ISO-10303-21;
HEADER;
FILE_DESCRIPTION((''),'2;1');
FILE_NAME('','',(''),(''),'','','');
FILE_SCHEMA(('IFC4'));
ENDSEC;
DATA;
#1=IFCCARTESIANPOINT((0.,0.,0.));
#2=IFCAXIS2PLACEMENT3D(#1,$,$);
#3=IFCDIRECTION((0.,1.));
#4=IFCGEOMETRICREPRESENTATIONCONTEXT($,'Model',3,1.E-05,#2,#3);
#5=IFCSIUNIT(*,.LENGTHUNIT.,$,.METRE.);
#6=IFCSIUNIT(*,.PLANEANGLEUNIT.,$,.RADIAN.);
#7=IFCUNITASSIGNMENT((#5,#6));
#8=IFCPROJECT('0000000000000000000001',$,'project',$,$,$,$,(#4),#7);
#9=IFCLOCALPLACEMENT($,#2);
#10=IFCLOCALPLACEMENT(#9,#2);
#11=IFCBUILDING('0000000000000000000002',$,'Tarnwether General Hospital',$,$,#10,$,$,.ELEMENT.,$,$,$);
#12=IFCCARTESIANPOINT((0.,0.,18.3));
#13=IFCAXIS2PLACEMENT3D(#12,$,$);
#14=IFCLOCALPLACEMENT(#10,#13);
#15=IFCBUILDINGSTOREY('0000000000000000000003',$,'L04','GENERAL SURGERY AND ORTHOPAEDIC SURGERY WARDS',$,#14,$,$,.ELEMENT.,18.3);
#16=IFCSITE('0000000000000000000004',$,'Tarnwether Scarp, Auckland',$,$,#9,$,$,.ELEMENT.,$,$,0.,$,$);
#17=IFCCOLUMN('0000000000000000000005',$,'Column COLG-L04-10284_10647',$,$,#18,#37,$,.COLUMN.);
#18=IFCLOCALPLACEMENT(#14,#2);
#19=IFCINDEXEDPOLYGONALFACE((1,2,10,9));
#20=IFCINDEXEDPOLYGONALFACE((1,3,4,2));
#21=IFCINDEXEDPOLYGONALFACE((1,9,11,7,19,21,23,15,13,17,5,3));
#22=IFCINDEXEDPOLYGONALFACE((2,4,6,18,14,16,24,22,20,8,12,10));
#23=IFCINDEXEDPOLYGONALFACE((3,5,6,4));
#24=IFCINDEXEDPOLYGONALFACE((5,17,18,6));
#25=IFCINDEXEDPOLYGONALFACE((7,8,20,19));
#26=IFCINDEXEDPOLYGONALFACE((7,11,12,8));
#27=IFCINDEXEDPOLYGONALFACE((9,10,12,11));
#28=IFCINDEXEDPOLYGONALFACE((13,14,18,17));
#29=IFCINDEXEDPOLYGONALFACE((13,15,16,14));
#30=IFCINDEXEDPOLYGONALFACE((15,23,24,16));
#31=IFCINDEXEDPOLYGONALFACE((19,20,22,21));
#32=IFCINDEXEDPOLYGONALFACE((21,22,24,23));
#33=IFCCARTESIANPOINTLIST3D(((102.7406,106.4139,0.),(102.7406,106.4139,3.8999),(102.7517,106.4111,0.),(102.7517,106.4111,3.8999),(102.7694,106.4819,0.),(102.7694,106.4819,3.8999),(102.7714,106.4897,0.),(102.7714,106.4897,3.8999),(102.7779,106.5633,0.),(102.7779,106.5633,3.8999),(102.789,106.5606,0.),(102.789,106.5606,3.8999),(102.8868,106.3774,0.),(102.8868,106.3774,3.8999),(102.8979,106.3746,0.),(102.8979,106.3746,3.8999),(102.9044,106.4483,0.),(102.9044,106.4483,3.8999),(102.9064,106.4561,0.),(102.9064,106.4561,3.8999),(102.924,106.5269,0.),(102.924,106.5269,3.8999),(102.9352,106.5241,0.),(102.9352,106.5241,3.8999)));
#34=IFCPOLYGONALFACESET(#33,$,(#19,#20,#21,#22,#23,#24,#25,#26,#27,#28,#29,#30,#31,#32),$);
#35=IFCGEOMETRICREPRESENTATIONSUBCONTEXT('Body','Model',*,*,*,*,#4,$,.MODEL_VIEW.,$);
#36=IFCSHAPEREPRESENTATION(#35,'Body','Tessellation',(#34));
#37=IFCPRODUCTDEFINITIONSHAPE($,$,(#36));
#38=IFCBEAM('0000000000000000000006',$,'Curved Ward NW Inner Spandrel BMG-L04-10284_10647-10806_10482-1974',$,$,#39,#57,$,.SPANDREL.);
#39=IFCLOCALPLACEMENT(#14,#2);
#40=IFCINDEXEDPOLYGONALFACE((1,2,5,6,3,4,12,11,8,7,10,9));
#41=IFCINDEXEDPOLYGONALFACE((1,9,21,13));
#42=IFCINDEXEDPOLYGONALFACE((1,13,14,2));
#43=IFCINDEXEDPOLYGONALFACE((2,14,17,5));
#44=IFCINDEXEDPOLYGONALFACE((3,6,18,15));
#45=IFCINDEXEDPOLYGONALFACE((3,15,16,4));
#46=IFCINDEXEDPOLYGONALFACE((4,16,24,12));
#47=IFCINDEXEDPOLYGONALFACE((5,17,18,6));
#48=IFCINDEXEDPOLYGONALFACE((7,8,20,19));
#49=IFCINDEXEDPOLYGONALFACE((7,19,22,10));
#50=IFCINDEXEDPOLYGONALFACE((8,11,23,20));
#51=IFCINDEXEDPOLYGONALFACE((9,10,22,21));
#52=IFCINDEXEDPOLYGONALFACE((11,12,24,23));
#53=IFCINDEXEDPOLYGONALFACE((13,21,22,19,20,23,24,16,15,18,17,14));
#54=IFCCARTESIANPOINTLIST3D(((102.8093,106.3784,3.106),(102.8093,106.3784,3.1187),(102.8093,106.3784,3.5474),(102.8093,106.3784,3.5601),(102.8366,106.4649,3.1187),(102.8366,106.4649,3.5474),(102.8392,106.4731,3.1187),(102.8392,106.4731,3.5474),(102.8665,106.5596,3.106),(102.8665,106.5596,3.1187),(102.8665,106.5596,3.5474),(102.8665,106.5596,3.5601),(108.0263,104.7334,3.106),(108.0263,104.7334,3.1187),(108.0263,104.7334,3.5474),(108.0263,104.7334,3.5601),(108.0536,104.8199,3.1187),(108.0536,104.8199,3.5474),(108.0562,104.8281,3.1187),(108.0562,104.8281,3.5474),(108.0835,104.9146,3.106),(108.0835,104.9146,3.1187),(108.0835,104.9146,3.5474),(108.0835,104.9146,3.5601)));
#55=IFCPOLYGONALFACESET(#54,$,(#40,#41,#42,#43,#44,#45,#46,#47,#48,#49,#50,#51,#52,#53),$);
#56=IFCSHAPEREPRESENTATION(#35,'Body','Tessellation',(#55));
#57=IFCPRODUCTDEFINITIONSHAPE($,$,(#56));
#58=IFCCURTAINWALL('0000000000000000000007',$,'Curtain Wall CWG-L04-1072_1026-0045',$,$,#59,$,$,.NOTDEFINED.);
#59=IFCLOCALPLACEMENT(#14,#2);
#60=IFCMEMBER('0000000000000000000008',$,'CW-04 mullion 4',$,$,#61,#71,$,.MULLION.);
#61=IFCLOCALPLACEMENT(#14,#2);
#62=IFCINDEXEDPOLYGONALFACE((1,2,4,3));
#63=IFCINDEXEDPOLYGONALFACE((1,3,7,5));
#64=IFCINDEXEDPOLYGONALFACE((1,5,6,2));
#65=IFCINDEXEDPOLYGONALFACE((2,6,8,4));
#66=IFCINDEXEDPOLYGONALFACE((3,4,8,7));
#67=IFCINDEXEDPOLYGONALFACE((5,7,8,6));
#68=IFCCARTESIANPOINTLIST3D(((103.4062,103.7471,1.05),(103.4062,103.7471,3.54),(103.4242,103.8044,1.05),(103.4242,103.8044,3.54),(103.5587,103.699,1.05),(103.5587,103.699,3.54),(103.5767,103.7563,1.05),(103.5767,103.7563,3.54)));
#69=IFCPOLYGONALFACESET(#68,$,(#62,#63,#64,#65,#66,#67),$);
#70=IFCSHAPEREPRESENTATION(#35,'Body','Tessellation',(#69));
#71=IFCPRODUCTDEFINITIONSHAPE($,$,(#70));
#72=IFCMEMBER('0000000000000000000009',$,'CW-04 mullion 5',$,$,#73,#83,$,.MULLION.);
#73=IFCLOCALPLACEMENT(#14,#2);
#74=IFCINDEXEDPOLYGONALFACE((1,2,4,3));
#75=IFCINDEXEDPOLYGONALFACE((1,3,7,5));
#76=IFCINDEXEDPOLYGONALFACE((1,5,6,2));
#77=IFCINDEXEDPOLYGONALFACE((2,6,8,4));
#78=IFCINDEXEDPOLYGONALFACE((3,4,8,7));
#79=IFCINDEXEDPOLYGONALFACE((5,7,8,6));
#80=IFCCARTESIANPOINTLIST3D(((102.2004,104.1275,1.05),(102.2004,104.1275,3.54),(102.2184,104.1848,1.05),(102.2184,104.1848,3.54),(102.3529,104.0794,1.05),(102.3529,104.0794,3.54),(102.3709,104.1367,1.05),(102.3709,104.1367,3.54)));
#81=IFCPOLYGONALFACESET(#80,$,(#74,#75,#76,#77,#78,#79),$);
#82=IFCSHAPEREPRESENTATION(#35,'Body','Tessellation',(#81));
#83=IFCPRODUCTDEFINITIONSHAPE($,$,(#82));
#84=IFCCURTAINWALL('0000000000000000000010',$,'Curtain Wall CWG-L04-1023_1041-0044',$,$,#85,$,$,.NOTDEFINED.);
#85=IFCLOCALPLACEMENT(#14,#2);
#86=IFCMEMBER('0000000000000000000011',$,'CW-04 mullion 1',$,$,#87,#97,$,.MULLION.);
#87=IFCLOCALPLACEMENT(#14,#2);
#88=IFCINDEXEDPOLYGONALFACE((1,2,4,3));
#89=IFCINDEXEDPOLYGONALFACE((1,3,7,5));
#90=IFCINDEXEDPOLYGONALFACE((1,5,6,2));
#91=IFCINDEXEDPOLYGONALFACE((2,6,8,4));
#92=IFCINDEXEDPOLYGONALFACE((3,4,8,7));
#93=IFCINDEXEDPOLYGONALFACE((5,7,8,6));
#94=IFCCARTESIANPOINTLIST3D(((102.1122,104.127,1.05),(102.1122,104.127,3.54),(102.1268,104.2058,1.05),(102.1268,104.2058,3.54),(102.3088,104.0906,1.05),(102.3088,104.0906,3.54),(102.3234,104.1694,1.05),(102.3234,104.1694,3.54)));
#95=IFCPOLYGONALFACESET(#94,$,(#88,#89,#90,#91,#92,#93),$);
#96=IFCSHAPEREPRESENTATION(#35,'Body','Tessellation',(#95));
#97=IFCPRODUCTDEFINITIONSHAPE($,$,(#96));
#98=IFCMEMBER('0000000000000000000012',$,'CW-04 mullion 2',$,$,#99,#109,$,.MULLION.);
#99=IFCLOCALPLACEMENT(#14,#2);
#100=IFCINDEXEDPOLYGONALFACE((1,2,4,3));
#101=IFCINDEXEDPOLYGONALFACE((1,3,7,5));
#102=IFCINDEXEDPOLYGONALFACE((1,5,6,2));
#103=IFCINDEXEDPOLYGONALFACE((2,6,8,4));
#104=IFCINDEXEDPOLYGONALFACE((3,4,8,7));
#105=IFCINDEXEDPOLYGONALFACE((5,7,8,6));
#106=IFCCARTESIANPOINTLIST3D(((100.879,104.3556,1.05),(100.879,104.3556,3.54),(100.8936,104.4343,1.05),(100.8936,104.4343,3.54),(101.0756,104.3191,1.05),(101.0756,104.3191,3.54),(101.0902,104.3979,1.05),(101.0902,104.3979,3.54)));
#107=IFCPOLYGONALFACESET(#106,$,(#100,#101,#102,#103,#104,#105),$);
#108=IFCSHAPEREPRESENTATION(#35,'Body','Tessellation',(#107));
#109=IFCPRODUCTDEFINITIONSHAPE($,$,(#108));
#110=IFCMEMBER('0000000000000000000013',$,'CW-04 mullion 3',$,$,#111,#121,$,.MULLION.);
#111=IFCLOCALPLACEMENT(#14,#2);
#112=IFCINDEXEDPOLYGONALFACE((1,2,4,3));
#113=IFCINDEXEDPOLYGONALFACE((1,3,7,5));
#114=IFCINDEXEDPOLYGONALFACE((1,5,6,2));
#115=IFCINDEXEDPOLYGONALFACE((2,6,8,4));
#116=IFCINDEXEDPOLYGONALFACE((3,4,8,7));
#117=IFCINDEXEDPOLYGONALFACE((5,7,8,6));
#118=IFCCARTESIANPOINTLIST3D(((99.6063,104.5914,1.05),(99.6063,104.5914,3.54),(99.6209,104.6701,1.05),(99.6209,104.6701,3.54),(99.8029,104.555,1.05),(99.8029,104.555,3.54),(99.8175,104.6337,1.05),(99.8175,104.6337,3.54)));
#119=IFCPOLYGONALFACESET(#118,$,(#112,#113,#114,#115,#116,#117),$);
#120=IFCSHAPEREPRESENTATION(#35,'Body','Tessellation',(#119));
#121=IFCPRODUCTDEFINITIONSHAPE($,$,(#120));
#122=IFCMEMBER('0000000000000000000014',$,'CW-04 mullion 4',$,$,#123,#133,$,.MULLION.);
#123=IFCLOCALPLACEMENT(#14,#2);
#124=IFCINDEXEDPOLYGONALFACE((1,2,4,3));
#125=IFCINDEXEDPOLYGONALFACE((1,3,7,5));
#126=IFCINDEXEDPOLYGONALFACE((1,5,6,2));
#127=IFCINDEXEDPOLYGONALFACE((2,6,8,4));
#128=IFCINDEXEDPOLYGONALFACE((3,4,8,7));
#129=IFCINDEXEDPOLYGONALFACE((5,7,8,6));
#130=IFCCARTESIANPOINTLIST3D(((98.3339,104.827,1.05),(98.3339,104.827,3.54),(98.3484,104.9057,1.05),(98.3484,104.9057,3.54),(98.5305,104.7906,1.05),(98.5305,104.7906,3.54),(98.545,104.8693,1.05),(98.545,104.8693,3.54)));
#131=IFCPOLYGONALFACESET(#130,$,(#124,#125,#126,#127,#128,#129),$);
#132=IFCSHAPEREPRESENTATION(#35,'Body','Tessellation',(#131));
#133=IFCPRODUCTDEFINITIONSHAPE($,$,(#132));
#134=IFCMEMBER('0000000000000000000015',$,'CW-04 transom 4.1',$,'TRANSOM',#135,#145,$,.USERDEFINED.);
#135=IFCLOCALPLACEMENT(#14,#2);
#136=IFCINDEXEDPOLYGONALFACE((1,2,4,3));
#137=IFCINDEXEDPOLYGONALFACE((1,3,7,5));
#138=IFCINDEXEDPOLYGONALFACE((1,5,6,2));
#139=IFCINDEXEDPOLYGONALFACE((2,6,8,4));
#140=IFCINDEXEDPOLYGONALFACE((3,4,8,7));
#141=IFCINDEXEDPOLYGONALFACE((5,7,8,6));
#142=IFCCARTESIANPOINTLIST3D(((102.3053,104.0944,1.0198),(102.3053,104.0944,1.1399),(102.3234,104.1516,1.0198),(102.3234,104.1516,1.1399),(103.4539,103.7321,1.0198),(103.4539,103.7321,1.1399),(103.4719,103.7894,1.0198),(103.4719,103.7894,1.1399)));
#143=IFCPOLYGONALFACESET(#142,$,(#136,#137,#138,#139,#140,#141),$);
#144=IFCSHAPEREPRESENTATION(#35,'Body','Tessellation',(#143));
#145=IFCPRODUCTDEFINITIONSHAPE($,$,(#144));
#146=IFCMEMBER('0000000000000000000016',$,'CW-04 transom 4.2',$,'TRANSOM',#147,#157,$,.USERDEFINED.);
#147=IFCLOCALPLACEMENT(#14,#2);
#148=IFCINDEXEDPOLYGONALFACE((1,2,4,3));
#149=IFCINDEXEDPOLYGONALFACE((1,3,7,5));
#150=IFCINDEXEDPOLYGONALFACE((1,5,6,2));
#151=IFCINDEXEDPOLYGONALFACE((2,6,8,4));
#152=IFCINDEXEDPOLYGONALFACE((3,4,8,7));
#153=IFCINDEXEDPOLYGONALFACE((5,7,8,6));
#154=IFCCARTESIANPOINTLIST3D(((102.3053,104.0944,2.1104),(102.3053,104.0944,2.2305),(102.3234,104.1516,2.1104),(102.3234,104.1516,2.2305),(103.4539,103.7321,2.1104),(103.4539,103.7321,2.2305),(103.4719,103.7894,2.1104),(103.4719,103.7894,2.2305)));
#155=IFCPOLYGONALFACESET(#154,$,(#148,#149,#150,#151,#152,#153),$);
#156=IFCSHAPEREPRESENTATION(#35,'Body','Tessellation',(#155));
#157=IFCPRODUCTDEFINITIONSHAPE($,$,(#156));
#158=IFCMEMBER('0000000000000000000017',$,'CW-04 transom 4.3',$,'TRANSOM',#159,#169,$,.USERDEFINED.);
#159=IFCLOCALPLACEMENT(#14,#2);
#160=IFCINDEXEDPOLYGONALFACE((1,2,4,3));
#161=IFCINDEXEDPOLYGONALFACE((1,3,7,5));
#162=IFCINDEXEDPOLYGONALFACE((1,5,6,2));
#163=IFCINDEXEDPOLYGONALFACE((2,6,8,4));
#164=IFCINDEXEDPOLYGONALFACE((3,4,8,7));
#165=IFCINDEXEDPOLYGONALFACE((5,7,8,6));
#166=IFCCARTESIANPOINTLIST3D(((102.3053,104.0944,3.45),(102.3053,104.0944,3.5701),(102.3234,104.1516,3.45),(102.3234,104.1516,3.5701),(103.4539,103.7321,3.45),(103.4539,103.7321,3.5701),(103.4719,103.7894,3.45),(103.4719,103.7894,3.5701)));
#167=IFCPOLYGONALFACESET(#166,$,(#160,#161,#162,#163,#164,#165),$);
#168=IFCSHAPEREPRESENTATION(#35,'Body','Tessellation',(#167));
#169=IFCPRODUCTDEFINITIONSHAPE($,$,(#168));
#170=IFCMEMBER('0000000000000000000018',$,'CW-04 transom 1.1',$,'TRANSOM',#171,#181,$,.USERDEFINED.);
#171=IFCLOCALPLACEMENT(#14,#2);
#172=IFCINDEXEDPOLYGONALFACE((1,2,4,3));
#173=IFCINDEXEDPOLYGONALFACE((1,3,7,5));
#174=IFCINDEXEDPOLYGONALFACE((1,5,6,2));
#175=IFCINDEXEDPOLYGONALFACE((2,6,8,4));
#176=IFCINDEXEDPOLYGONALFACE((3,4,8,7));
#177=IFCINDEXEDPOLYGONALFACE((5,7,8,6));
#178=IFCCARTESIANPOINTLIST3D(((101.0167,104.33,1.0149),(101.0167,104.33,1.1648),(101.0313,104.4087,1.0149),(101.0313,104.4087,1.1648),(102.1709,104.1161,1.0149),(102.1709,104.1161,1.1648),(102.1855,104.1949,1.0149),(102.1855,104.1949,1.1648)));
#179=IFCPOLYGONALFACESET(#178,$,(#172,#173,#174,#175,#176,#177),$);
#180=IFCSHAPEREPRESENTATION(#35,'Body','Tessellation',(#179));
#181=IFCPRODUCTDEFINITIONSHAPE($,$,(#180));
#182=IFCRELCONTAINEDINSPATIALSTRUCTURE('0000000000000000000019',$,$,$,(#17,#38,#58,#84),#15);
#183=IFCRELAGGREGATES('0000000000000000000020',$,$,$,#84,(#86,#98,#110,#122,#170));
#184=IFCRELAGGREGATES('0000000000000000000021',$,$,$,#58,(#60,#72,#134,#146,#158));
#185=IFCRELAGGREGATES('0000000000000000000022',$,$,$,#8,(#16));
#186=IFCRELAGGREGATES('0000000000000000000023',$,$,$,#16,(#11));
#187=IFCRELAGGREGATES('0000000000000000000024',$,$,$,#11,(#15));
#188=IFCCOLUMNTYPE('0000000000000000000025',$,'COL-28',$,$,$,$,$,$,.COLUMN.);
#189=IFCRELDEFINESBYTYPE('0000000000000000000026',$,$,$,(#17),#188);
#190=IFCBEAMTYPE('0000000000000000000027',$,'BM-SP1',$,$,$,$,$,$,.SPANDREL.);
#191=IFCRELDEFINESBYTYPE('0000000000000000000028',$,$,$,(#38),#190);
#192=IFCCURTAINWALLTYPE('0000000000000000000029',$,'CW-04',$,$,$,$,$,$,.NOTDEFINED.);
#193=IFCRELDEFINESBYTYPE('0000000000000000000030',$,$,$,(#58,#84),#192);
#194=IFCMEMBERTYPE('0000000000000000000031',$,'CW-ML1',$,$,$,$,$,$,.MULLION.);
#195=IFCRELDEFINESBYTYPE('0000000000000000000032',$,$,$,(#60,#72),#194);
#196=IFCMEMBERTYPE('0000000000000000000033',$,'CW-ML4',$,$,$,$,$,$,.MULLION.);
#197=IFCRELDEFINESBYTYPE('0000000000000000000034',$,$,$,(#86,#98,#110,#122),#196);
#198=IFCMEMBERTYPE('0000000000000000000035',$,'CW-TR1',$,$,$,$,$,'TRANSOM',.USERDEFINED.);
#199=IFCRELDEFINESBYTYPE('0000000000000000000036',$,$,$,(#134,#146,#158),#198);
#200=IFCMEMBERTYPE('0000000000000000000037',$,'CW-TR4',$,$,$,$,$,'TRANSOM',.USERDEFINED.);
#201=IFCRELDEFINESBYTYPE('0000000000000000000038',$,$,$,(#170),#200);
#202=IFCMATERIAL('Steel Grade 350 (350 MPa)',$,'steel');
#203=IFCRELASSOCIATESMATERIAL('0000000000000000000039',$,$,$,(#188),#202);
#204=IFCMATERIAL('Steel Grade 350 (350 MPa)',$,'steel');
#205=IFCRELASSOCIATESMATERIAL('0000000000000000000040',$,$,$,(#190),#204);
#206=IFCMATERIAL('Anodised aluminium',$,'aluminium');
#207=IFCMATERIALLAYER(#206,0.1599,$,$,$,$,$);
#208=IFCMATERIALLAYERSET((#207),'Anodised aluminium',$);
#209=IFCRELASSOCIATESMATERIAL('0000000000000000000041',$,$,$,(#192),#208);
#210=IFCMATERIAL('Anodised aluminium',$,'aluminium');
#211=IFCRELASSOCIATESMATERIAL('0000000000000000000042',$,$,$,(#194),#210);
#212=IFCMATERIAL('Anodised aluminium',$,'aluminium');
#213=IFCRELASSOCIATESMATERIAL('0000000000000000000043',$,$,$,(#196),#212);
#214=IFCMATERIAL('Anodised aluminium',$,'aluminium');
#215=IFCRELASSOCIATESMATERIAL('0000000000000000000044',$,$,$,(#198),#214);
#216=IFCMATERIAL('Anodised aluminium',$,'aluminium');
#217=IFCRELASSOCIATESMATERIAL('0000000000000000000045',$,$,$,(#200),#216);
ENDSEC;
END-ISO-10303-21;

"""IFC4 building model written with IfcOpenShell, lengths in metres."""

from ifc_helpers import new_model, si_unit, direction, frame, origin, origin_2d, place, context, subcontext, project, spatial, rectangle, i_section, extrude, material, layer, layer_set, material_profile, profile_set, type_object, element, aggregate, save


model = new_model("IFC4")

# Units and contexts
model_context = context("Model", 3, precision=1e-05, world=origin(), true_north=direction((0.0, 1.0)))
body_context = subcontext(model_context, "Body", "Model", "MODEL_VIEW")
ifc_project = project(units=[si_unit("LENGTHUNIT", "METRE"), si_unit("PLANEANGLEUNIT", "RADIAN")], contexts=[model_context])

# Site, building, storey
site_placement = place(None, origin())
site = spatial("IfcSite", under=ifc_project, at=site_placement, Name="Tarnwether Scarp, Auckland", CompositionType="ELEMENT", RefElevation=0.0)
building_placement = place(site_placement, origin())
building = spatial("IfcBuilding", under=site, at=building_placement, Name="Tarnwether General Hospital", CompositionType="ELEMENT")
storey_placement = place(building_placement, frame((0.0, 0.0, 18.3)))
storey = spatial("IfcBuildingStorey", under=building, at=storey_placement, Name="L04", Description="GENERAL SURGERY AND ORTHOPAEDIC SURGERY WARDS", CompositionType="ELEMENT", Elevation=18.3)

# Column
ifc_material_1 = material(Name="Steel Grade 350 (350 MPa)", Category="steel")
ifc_material_profile_1 = material_profile(ifc_material_1, i_section(OverallWidth=0.1541, OverallDepth=0.1621, WebThickness=0.0081, FlangeThickness=0.0115, at=origin_2d()), Name="150UC37.2")
ifc_profile_set_1 = profile_set([ifc_material_profile_1], Name="Steel Grade 350 (350 MPa)")
column_type = type_object("IfcColumnType", Name="COL-28", PredefinedType="COLUMN", material=ifc_profile_set_1)
column_placement = place(storey_placement, frame((102.8379, 106.469, 0.0), z_axis=(0.0, 0.0, 1.0), x_axis=(0.241922, 0.970296, 0.0)))
element("IfcColumn", 1, at=column_placement, inside=storey, type_object=column_type, Name="Column COLG-L04-10284_10647", PredefinedType="COLUMN", context=body_context, shape_type="SweptSolid", body=[
    extrude(i_section(OverallWidth=0.1541, OverallDepth=0.1621, WebThickness=0.0081, FlangeThickness=0.0115, at=origin_2d()), origin(), (0.0, 0.0, 1.0), 3.8999),
])

# Beam
ifc_material_2 = material(Name="Steel Grade 350 (350 MPa)", Category="steel")
ifc_material_profile_2 = material_profile(ifc_material_2, i_section(OverallWidth=0.1899, OverallDepth=0.4541, WebThickness=0.0085, FlangeThickness=0.0127, at=origin_2d()), Name="460UB67.1")
ifc_profile_set_2 = profile_set([ifc_material_profile_2], Name="Steel Grade 350 (350 MPa)")
beam_type = type_object("IfcBeamType", Name="BM-SP1", PredefinedType="SPANDREL", material=ifc_profile_set_2)
beam_placement = place(storey_placement, frame((102.8379, 106.469, 3.333), z_axis=(0.953712, -0.300721, 0.0), x_axis=(0.300721, 0.953712, 0.0)))
element("IfcBeam", 2, at=beam_placement, inside=storey, type_object=beam_type, Name="Curved Ward NW Inner Spandrel BMG-L04-10284_10647-10806_10482-1974", PredefinedType="SPANDREL", context=body_context, shape_type="SweptSolid", body=[
    extrude(i_section(OverallWidth=0.1899, OverallDepth=0.4541, WebThickness=0.0085, FlangeThickness=0.0127, at=origin_2d()), origin(), (0.0, 0.0, 1.0), 5.4702),
])

# Curtain walls, members
ifc_material_3 = material(Name="Anodised aluminium", Category="aluminium")
ifc_layer_1 = layer(ifc_material_3, 0.1599)
ifc_layer_set_1 = layer_set([ifc_layer_1], Name="Anodised aluminium")
curtain_wall_type = type_object("IfcCurtainWallType", Name="CW-04", PredefinedType="NOTDEFINED", material=ifc_layer_set_1)
curtain_wall_1_placement = place(storey_placement, origin())
curtain_wall_1 = element("IfcCurtainWall", 3, at=curtain_wall_1_placement, inside=storey, type_object=curtain_wall_type, Name="Curtain Wall CWG-L04-1072_1026-0045", PredefinedType="NOTDEFINED")
ifc_material_4 = material(Name="Anodised aluminium", Category="aluminium")
ifc_material_profile_3 = material_profile(ifc_material_4, rectangle(XDim=0.0601, YDim=0.1599, at=origin_2d()), Name="ALU-MUL-60x160")
ifc_profile_set_3 = profile_set([ifc_material_profile_3], Name="Anodised aluminium")
member_type_1 = type_object("IfcMemberType", Name="CW-ML1", PredefinedType="MULLION", material=ifc_profile_set_3)
member_1_placement = place(storey_placement, frame((103.4915, 103.7517, 1.05), z_axis=(0.0, 0.0, 1.0), x_axis=(-0.300715, -0.953714, 0.0)))
member_1 = element("IfcMember", 4, at=member_1_placement, type_object=member_type_1, Name="CW-04 mullion 4", PredefinedType="MULLION", context=body_context, shape_type="SweptSolid", body=[
    extrude(rectangle(XDim=0.0601, YDim=0.1599, at=origin_2d()), origin(), (0.0, 0.0, 1.0), 2.49),
])
member_2_placement = place(storey_placement, frame((102.2856, 104.1321, 1.05), z_axis=(0.0, 0.0, 1.0), x_axis=(-0.300715, -0.953714, 0.0)))
member_2 = element("IfcMember", 5, at=member_2_placement, type_object=member_type_1, Name="CW-04 mullion 5", PredefinedType="MULLION", context=body_context, shape_type="SweptSolid", body=[
    extrude(rectangle(XDim=0.0601, YDim=0.1599, at=origin_2d()), origin(), (0.0, 0.0, 1.0), 2.49),
])
curtain_wall_2_placement = place(storey_placement, origin())
curtain_wall_2 = element("IfcCurtainWall", 6, at=curtain_wall_2_placement, inside=storey, type_object=curtain_wall_type, Name="Curtain Wall CWG-L04-1023_1041-0044", PredefinedType="NOTDEFINED")
ifc_material_5 = material(Name="Anodised aluminium", Category="aluminium")
ifc_material_profile_4 = material_profile(ifc_material_5, rectangle(XDim=0.0801, YDim=0.2, at=origin_2d()), Name="ALU-MUL-80x200")
ifc_profile_set_4 = profile_set([ifc_material_profile_4], Name="Anodised aluminium")
member_type_2 = type_object("IfcMemberType", Name="CW-ML4", PredefinedType="MULLION", material=ifc_profile_set_4)
member_3_placement = place(storey_placement, frame((102.2178, 104.1482, 1.05), z_axis=(0.0, 0.0, 1.0), x_axis=(-0.182165, -0.983268, 0.0)))
member_3 = element("IfcMember", 7, at=member_3_placement, type_object=member_type_2, Name="CW-04 mullion 1", PredefinedType="MULLION", context=body_context, shape_type="SweptSolid", body=[
    extrude(rectangle(XDim=0.0801, YDim=0.2, at=origin_2d()), origin(), (0.0, 0.0, 1.0), 2.49),
])
member_4_placement = place(storey_placement, frame((100.9846, 104.3767, 1.05), z_axis=(0.0, 0.0, 1.0), x_axis=(-0.182165, -0.983268, 0.0)))
member_4 = element("IfcMember", 8, at=member_4_placement, type_object=member_type_2, Name="CW-04 mullion 2", PredefinedType="MULLION", context=body_context, shape_type="SweptSolid", body=[
    extrude(rectangle(XDim=0.0801, YDim=0.2, at=origin_2d()), origin(), (0.0, 0.0, 1.0), 2.49),
])
member_5_placement = place(storey_placement, frame((99.7119, 104.6125, 1.05), z_axis=(0.0, 0.0, 1.0), x_axis=(-0.182165, -0.983268, 0.0)))
member_5 = element("IfcMember", 9, at=member_5_placement, type_object=member_type_2, Name="CW-04 mullion 3", PredefinedType="MULLION", context=body_context, shape_type="SweptSolid", body=[
    extrude(rectangle(XDim=0.0801, YDim=0.2, at=origin_2d()), origin(), (0.0, 0.0, 1.0), 2.49),
])
member_6_placement = place(storey_placement, frame((98.4395, 104.8481, 1.05), z_axis=(0.0, 0.0, 1.0), x_axis=(-0.182165, -0.983268, 0.0)))
member_6 = element("IfcMember", 10, at=member_6_placement, type_object=member_type_2, Name="CW-04 mullion 4", PredefinedType="MULLION", context=body_context, shape_type="SweptSolid", body=[
    extrude(rectangle(XDim=0.0801, YDim=0.2, at=origin_2d()), origin(), (0.0, 0.0, 1.0), 2.49),
])

# Members
ifc_material_6 = material(Name="Anodised aluminium", Category="aluminium")
ifc_material_profile_5 = material_profile(ifc_material_6, rectangle(XDim=0.0601, YDim=0.1201, at=origin_2d()), Name="ALU-TRN-60x120")
ifc_profile_set_5 = profile_set([ifc_material_profile_5], Name="Anodised aluminium")
member_type_3 = type_object("IfcMemberType", Name="CW-TR1", ElementType="TRANSOM", PredefinedType="USERDEFINED", material=ifc_profile_set_5)
member_7_placement = place(storey_placement, frame((103.4629, 103.7607, 1.0798), z_axis=(-0.953687, 0.300802, 0.0), x_axis=(-0.300802, -0.953687, 0.0)))
member_7 = element("IfcMember", 11, at=member_7_placement, type_object=member_type_3, Name="CW-04 transom 4.1", ObjectType="TRANSOM", PredefinedType="USERDEFINED", context=body_context, shape_type="SweptSolid", body=[
    extrude(rectangle(XDim=0.0601, YDim=0.1201, at=origin_2d()), origin(), (0.0, 0.0, 1.0), 1.2043),
])
member_8_placement = place(storey_placement, frame((103.4629, 103.7607, 2.1704), z_axis=(-0.953687, 0.300802, 0.0), x_axis=(-0.300802, -0.953687, 0.0)))
member_8 = element("IfcMember", 12, at=member_8_placement, type_object=member_type_3, Name="CW-04 transom 4.2", ObjectType="TRANSOM", PredefinedType="USERDEFINED", context=body_context, shape_type="SweptSolid", body=[
    extrude(rectangle(XDim=0.0601, YDim=0.1201, at=origin_2d()), origin(), (0.0, 0.0, 1.0), 1.2043),
])
member_9_placement = place(storey_placement, frame((103.4629, 103.7607, 3.51), z_axis=(-0.953687, 0.300802, 0.0), x_axis=(-0.300802, -0.953687, 0.0)))
member_9 = element("IfcMember", 13, at=member_9_placement, type_object=member_type_3, Name="CW-04 transom 4.3", ObjectType="TRANSOM", PredefinedType="USERDEFINED", context=body_context, shape_type="SweptSolid", body=[
    extrude(rectangle(XDim=0.0601, YDim=0.1201, at=origin_2d()), origin(), (0.0, 0.0, 1.0), 1.2043),
])
ifc_material_7 = material(Name="Anodised aluminium", Category="aluminium")
ifc_material_profile_6 = material_profile(ifc_material_7, rectangle(XDim=0.0801, YDim=0.1499, at=origin_2d()), Name="ALU-TRN-80x150")
ifc_profile_set_6 = profile_set([ifc_material_profile_6], Name="Anodised aluminium")
member_type_4 = type_object("IfcMemberType", Name="CW-TR4", ElementType="TRANSOM", PredefinedType="USERDEFINED", material=ifc_profile_set_6)
member_10_placement = place(storey_placement, frame((102.1782, 104.1555, 1.0898), z_axis=(-0.983265, 0.182179, 0.0), x_axis=(-0.182179, -0.983265, 0.0)))
member_10 = element("IfcMember", 14, at=member_10_placement, type_object=member_type_4, Name="CW-04 transom 1.1", ObjectType="TRANSOM", PredefinedType="USERDEFINED", context=body_context, shape_type="SweptSolid", body=[
    extrude(rectangle(XDim=0.0801, YDim=0.1499, at=origin_2d()), origin(), (0.0, 0.0, 1.0), 1.1738),
])

aggregate(curtain_wall_2, [member_3, member_4, member_5, member_6, member_10])
aggregate(curtain_wall_1, [member_1, member_2, member_7, member_8, member_9])

save(model, "model.ifc")
